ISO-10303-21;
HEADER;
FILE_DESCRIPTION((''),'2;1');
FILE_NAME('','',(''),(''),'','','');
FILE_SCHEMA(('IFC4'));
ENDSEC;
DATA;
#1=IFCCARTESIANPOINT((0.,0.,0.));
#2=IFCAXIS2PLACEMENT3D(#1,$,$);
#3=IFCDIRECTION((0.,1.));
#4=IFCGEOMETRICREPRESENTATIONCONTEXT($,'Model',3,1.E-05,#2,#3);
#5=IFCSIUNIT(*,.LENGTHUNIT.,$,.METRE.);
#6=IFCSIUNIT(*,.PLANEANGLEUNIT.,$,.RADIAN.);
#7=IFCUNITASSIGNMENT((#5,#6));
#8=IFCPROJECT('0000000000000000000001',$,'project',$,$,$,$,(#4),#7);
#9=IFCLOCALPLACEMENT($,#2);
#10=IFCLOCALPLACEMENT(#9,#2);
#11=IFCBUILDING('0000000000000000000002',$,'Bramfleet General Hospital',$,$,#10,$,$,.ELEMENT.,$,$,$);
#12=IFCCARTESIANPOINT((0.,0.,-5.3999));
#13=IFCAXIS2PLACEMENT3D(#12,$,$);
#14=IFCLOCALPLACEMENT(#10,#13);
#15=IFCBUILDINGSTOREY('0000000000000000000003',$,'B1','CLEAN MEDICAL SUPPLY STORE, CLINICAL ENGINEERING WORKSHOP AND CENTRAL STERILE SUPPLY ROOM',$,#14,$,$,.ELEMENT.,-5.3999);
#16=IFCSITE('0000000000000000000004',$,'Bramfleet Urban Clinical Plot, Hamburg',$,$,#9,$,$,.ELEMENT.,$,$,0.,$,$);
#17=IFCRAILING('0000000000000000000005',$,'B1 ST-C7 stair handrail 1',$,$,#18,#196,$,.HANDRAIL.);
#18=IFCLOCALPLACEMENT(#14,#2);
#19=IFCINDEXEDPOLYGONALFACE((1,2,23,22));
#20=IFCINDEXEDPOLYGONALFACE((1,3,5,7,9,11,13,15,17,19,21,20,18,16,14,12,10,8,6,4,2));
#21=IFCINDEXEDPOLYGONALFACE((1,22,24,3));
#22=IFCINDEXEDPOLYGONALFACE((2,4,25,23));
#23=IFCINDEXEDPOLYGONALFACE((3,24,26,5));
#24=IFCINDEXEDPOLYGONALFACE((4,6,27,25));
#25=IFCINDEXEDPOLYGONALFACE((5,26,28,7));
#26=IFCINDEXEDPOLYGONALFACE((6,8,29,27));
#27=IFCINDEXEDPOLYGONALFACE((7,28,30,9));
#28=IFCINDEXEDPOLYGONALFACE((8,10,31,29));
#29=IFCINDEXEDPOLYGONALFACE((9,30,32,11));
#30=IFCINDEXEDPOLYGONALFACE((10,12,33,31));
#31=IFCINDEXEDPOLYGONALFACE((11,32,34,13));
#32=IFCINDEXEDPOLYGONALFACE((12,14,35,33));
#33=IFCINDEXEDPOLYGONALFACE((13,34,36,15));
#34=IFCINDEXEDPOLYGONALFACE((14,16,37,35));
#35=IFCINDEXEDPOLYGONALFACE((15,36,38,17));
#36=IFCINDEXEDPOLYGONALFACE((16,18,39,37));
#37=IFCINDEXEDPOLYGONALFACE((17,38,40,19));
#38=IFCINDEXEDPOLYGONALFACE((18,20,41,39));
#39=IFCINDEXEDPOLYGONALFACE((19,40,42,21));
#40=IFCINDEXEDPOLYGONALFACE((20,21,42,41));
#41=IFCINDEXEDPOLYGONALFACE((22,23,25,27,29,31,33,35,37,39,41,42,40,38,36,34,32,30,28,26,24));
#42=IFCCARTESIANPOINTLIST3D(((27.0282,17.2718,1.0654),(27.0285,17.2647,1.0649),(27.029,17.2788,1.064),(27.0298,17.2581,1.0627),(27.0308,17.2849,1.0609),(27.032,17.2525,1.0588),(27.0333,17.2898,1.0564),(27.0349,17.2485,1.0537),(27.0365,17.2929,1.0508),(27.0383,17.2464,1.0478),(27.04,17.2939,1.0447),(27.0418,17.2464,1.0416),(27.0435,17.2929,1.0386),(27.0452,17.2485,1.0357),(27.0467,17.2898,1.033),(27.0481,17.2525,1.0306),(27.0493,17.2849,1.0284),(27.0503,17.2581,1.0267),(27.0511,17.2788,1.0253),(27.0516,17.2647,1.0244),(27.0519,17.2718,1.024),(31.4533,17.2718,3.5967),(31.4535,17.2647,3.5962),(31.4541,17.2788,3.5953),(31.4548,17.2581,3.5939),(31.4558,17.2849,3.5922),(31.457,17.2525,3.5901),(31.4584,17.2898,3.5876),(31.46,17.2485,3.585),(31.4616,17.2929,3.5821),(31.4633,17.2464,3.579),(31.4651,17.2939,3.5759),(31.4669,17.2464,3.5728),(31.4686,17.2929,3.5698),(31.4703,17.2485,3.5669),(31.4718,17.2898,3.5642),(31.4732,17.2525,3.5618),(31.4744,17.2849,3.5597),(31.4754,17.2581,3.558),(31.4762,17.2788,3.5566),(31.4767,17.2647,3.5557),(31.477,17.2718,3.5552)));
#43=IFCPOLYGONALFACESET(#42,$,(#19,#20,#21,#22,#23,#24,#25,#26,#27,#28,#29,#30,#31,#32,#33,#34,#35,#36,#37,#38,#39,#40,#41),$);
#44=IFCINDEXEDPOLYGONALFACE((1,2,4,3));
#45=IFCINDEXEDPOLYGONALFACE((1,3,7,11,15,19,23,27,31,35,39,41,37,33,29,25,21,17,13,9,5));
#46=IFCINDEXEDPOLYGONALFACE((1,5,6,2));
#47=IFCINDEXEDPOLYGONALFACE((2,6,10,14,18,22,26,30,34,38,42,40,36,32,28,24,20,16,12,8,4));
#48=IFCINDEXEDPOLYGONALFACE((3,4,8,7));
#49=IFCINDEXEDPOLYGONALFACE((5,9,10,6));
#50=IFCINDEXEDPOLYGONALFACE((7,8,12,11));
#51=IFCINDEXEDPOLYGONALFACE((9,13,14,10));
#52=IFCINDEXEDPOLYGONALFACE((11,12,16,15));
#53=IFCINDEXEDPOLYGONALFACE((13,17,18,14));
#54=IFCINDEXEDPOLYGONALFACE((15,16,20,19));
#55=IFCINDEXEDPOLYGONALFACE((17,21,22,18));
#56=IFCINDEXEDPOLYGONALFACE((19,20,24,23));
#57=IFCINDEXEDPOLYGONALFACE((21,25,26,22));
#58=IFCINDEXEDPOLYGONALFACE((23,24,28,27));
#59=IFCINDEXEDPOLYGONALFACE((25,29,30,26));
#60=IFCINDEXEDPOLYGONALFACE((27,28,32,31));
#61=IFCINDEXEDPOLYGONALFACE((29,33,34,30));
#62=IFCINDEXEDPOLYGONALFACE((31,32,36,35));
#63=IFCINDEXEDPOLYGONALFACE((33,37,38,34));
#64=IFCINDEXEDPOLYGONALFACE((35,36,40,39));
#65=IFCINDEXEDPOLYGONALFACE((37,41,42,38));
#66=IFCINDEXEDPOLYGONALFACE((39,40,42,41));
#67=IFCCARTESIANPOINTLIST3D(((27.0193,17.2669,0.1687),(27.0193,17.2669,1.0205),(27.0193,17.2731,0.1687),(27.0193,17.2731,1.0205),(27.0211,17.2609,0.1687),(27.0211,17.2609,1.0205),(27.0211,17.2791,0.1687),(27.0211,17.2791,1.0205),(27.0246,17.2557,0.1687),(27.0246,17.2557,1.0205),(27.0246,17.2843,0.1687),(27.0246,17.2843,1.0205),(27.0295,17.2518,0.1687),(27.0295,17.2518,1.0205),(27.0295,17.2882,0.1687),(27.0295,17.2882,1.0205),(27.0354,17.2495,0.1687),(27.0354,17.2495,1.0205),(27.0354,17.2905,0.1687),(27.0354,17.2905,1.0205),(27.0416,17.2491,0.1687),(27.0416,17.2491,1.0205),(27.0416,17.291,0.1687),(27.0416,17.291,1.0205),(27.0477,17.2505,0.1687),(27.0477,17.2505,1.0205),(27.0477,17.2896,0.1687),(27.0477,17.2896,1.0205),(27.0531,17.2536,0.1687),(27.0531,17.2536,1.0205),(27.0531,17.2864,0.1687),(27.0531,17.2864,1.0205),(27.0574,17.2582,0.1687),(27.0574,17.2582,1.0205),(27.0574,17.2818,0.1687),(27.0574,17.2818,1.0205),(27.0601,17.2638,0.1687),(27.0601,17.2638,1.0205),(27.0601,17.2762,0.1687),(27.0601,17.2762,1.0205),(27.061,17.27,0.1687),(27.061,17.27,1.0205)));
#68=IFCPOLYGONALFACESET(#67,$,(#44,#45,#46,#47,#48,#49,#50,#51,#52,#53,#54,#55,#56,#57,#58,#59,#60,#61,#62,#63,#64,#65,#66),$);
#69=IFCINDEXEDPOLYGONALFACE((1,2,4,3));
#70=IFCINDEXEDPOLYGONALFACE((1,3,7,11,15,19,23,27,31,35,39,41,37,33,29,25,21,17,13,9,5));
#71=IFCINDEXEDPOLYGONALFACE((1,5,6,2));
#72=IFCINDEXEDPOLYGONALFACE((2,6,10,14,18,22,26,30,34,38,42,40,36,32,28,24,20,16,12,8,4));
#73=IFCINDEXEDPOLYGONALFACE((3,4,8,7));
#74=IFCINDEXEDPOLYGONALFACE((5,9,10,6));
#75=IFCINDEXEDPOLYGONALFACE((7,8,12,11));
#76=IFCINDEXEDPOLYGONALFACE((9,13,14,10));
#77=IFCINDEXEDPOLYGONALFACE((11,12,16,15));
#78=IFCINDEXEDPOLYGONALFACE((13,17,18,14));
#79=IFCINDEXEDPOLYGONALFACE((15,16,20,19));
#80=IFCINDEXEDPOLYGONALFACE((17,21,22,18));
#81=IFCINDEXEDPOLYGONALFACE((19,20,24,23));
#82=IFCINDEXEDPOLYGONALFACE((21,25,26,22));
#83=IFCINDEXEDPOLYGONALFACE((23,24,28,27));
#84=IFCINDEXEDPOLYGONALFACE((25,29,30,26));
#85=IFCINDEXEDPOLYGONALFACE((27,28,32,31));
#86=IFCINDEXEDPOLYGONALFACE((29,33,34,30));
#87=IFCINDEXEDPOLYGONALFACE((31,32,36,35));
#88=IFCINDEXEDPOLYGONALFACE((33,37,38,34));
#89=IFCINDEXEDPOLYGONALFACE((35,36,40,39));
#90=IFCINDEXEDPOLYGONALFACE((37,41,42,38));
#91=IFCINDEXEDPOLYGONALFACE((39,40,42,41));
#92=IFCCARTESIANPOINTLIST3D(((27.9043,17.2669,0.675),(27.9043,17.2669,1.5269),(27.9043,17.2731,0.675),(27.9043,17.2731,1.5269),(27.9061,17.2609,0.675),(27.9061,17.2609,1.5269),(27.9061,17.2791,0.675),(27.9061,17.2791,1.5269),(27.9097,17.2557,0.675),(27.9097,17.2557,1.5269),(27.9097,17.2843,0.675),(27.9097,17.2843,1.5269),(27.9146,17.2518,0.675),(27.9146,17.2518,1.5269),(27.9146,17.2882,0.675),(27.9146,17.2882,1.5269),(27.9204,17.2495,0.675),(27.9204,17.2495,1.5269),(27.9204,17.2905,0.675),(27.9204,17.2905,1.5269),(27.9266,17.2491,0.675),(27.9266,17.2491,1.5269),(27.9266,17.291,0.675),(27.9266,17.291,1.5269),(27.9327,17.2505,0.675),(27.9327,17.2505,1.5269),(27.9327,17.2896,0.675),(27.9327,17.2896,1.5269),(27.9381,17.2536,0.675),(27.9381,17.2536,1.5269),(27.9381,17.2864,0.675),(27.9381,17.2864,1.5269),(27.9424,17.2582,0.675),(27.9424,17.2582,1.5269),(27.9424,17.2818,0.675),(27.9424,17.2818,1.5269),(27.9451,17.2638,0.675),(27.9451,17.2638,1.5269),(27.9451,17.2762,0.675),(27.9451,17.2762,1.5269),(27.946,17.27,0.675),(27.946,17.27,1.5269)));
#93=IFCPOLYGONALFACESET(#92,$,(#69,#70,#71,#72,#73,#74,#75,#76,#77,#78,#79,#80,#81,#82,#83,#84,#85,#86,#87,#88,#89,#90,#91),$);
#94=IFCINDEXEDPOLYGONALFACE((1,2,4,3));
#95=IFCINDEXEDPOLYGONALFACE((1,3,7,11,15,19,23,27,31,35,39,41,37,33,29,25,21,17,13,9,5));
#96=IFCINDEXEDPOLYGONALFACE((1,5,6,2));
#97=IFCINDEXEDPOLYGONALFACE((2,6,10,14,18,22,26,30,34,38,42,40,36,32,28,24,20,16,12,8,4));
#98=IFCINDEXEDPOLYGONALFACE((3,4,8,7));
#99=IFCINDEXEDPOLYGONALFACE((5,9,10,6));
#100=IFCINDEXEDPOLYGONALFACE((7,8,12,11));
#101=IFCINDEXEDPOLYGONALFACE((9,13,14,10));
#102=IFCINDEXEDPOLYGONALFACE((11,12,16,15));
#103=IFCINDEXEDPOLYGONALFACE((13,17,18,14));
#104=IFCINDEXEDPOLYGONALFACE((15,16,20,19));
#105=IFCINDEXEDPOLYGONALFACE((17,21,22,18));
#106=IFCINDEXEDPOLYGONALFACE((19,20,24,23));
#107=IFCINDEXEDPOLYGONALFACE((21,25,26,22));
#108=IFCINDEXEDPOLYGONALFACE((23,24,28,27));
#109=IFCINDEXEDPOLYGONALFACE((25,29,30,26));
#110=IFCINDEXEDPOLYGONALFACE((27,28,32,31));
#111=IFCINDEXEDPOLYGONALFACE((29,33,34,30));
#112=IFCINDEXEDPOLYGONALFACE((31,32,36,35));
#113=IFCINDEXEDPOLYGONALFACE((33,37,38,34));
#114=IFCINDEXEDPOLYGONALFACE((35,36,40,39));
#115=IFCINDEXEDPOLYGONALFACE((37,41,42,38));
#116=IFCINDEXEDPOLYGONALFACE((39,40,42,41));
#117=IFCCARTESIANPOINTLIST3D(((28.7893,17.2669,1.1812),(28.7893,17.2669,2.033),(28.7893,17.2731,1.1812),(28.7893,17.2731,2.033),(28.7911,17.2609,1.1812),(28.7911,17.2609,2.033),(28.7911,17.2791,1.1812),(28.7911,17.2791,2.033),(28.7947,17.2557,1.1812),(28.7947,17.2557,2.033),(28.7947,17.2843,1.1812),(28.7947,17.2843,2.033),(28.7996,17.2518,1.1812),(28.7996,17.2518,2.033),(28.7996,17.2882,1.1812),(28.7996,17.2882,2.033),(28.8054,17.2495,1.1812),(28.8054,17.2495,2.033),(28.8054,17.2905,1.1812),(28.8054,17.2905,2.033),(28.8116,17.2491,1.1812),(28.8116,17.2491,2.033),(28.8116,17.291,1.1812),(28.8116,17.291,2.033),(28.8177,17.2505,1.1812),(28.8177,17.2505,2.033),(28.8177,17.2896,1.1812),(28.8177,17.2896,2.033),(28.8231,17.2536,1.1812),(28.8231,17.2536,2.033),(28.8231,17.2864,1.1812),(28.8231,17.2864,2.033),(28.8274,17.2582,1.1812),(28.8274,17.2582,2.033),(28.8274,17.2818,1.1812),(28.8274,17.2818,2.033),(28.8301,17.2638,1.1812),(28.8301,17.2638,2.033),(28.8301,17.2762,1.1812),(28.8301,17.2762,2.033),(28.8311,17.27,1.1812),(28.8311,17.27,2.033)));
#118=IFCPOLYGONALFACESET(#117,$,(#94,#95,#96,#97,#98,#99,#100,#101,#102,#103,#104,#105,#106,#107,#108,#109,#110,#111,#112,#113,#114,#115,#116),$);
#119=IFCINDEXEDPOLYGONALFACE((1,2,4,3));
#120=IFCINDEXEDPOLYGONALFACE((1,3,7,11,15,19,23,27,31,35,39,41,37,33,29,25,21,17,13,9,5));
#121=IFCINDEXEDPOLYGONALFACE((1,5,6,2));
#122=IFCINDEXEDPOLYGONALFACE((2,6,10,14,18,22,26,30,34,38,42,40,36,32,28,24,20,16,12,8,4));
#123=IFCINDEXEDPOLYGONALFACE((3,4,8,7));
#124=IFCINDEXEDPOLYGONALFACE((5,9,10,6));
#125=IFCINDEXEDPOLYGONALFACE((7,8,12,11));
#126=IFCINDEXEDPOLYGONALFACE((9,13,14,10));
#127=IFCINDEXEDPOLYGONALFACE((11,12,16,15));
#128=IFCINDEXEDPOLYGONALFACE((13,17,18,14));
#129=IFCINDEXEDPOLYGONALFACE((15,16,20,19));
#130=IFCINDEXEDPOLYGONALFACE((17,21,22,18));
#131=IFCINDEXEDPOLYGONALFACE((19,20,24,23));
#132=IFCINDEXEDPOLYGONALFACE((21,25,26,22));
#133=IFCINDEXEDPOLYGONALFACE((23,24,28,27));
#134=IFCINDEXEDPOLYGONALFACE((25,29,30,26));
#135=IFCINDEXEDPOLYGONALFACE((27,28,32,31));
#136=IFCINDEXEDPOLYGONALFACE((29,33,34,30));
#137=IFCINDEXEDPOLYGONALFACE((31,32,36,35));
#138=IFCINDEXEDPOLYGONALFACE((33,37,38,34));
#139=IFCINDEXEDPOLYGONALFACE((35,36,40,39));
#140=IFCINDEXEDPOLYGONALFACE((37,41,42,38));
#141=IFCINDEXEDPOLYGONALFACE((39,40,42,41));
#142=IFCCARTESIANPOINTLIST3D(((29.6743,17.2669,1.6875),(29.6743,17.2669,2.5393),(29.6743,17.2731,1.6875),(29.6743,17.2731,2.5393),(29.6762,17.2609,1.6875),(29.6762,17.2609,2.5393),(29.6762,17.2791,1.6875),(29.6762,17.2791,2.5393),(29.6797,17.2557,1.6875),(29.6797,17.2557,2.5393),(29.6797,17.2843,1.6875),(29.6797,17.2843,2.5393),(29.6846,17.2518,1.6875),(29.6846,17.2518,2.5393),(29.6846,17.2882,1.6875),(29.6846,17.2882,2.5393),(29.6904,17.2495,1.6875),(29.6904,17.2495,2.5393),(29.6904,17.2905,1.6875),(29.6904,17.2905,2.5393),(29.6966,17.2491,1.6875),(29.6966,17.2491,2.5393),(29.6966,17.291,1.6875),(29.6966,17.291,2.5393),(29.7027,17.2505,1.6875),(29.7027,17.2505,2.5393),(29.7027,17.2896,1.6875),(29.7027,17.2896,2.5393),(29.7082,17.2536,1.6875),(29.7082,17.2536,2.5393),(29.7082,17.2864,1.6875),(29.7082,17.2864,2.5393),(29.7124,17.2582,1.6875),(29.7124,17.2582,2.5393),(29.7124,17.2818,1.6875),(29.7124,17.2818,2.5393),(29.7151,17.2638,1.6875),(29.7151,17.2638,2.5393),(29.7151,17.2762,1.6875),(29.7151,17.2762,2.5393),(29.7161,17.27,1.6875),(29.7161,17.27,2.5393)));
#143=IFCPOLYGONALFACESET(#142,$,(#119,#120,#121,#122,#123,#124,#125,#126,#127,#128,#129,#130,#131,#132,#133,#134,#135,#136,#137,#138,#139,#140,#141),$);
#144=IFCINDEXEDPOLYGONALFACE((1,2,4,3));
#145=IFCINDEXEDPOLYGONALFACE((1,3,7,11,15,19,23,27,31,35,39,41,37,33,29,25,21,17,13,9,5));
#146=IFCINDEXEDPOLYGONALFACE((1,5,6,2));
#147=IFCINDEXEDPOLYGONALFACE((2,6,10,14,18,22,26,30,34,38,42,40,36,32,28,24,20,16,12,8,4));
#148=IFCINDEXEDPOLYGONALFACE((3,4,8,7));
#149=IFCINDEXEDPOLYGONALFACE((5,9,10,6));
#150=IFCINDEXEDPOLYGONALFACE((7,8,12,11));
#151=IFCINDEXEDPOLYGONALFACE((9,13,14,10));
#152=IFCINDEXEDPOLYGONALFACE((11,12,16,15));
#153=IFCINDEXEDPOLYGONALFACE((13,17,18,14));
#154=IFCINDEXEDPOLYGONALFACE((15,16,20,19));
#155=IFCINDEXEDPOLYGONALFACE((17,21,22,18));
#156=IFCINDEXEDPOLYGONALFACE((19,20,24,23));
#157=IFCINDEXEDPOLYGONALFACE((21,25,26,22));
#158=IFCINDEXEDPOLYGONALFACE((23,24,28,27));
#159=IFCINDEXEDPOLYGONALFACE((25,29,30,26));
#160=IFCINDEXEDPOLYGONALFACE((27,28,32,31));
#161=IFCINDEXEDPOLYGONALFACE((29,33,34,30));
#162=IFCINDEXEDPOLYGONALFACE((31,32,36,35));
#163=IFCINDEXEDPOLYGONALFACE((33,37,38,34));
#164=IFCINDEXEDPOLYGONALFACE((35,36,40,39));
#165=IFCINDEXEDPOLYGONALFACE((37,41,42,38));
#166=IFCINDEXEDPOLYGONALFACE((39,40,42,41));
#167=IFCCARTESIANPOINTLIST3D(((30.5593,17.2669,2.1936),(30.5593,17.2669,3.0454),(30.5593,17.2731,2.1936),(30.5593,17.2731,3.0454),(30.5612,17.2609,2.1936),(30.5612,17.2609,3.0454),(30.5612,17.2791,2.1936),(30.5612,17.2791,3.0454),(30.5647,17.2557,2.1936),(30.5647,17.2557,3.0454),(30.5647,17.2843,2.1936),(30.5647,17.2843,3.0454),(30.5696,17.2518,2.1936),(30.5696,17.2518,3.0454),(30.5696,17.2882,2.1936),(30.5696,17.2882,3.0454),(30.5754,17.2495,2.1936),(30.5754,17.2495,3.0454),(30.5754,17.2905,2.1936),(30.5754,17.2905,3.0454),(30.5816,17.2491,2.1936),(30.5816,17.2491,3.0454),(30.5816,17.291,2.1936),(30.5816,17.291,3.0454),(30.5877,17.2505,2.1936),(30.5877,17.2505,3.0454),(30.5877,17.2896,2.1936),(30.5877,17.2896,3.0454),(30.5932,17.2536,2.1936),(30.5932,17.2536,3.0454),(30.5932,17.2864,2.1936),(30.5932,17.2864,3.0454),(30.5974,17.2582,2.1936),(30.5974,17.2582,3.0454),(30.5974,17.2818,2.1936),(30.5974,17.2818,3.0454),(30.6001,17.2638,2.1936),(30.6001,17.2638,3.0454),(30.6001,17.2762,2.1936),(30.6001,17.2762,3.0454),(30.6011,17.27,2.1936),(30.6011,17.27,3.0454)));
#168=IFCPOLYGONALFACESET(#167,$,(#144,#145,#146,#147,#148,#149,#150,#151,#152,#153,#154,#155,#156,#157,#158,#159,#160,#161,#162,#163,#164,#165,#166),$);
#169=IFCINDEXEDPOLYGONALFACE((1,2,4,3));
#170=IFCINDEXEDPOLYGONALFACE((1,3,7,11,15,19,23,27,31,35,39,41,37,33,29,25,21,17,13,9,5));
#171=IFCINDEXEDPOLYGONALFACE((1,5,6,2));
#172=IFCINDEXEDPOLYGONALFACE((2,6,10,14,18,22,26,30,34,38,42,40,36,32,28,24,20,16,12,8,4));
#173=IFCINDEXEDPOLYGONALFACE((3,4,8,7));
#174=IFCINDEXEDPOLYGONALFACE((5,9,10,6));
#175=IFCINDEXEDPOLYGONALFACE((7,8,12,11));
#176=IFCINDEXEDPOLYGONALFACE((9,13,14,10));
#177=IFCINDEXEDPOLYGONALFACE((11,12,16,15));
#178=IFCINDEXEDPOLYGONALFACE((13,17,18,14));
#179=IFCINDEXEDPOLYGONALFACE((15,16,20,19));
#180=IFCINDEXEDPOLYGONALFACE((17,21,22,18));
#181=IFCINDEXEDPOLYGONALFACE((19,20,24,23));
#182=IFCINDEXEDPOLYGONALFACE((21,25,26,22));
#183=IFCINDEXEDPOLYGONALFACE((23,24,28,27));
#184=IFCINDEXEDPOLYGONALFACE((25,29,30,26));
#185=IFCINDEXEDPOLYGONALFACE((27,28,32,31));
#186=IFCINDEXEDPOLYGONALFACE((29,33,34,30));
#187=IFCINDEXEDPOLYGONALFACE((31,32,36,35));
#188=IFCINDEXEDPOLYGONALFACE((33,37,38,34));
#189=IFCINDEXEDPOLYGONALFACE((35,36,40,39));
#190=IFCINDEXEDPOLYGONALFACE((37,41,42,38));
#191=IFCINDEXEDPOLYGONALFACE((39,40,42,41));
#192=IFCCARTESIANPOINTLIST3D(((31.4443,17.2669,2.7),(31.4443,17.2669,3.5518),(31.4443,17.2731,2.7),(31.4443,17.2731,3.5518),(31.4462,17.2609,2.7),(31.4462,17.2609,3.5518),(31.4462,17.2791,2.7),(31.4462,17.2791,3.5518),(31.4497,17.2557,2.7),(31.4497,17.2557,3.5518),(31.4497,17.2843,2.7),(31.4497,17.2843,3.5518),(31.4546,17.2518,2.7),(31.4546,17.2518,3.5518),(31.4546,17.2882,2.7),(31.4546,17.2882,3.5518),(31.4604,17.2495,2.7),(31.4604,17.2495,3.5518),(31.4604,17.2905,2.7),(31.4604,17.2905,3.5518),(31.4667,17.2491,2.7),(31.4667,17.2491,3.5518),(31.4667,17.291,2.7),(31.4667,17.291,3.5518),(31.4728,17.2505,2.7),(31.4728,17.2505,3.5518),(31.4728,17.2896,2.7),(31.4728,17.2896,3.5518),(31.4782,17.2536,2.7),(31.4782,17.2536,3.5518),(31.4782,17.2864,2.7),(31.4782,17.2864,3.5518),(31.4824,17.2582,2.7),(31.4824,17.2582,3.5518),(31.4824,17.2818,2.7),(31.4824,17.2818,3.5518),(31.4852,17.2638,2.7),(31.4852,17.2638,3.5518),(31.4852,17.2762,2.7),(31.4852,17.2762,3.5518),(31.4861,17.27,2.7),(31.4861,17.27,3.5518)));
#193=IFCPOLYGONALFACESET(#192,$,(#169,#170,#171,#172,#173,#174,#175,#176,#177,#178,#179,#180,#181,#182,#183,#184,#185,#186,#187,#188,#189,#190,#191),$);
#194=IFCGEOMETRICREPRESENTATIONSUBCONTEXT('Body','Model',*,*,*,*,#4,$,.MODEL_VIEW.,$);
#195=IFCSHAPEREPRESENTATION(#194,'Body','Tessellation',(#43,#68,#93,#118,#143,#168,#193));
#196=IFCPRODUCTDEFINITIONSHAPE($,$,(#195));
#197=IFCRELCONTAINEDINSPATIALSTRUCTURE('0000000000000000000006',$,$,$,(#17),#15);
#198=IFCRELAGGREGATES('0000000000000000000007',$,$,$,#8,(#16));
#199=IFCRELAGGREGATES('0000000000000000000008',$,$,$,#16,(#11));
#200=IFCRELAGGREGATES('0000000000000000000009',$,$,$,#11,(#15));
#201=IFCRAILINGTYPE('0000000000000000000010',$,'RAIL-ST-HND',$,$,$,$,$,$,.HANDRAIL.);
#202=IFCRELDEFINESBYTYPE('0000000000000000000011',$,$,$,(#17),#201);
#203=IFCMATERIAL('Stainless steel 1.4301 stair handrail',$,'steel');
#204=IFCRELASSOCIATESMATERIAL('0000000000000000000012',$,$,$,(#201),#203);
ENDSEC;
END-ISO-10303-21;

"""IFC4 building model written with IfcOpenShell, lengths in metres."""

from ifc_helpers import new_model, si_unit, direction, frame, origin, origin_2d, place, context, subcontext, project, spatial, circle, extrude, material, type_object, element, save


model = new_model("IFC4")

# Units and contexts
model_context = context("Model", 3, precision=1e-05, world=origin(), true_north=direction((0.0, 1.0)))
body_context = subcontext(model_context, "Body", "Model", "MODEL_VIEW")
ifc_project = project(units=[si_unit("LENGTHUNIT", "METRE"), si_unit("PLANEANGLEUNIT", "RADIAN")], contexts=[model_context])

# Site, building, storey
site_placement = place(None, origin())
site = spatial("IfcSite", under=ifc_project, at=site_placement, Name="Bramfleet Urban Clinical Plot, Hamburg", CompositionType="ELEMENT", RefElevation=0.0)
building_placement = place(site_placement, origin())
building = spatial("IfcBuilding", under=site, at=building_placement, Name="Bramfleet General Hospital", CompositionType="ELEMENT")
storey_placement = place(building_placement, frame((0.0, 0.0, -5.3999)))
storey = spatial("IfcBuildingStorey", under=building, at=storey_placement, Name="B1", Description="CLEAN MEDICAL SUPPLY STORE, CLINICAL ENGINEERING WORKSHOP AND CENTRAL STERILE SUPPLY ROOM", CompositionType="ELEMENT", Elevation=-5.3999)

# Railing
ifc_material_1 = material(Name="Stainless steel 1.4301 stair handrail", Category="steel")
railing_type_1 = type_object("IfcRailingType", Name="RAIL-ST-HND", PredefinedType="HANDRAIL", material=ifc_material_1)
railing_1_placement = place(storey_placement, frame((27.04, 17.27, 0.1687)))
element("IfcRailing", 1, at=railing_1_placement, inside=storey, type_object=railing_type_1, Name="B1 ST-C7 stair handrail 1", PredefinedType="HANDRAIL", context=body_context, shape_type="SweptSolid", body=[
    extrude(circle(Radius=0.0239, at=origin_2d()), frame((0.0, 0.0, 0.876), z_axis=(0.868019, 0.0, 0.496531), x_axis=(0.0, 1.0, 0.0)), (0.0, 0.0, 1.0), 5.0979),
    extrude(circle(Radius=0.021, at=origin_2d()), origin(), (0.0, 0.0, 1.0), 0.8518),
    extrude(circle(Radius=0.021, at=origin_2d()), frame((0.885, 0.0, 0.5063)), (0.0, 0.0, 1.0), 0.8518),
    extrude(circle(Radius=0.021, at=origin_2d()), frame((1.77, 0.0, 1.0125)), (0.0, 0.0, 1.0), 0.8518),
    extrude(circle(Radius=0.021, at=origin_2d()), frame((2.655, 0.0, 1.5188)), (0.0, 0.0, 1.0), 0.8518),
    extrude(circle(Radius=0.021, at=origin_2d()), frame((3.54, 0.0, 2.0249)), (0.0, 0.0, 1.0), 0.8518),
    extrude(circle(Radius=0.021, at=origin_2d()), frame((4.425, 0.0, 2.5312)), (0.0, 0.0, 1.0), 0.8518),
])

save(model, "model.ifc")
